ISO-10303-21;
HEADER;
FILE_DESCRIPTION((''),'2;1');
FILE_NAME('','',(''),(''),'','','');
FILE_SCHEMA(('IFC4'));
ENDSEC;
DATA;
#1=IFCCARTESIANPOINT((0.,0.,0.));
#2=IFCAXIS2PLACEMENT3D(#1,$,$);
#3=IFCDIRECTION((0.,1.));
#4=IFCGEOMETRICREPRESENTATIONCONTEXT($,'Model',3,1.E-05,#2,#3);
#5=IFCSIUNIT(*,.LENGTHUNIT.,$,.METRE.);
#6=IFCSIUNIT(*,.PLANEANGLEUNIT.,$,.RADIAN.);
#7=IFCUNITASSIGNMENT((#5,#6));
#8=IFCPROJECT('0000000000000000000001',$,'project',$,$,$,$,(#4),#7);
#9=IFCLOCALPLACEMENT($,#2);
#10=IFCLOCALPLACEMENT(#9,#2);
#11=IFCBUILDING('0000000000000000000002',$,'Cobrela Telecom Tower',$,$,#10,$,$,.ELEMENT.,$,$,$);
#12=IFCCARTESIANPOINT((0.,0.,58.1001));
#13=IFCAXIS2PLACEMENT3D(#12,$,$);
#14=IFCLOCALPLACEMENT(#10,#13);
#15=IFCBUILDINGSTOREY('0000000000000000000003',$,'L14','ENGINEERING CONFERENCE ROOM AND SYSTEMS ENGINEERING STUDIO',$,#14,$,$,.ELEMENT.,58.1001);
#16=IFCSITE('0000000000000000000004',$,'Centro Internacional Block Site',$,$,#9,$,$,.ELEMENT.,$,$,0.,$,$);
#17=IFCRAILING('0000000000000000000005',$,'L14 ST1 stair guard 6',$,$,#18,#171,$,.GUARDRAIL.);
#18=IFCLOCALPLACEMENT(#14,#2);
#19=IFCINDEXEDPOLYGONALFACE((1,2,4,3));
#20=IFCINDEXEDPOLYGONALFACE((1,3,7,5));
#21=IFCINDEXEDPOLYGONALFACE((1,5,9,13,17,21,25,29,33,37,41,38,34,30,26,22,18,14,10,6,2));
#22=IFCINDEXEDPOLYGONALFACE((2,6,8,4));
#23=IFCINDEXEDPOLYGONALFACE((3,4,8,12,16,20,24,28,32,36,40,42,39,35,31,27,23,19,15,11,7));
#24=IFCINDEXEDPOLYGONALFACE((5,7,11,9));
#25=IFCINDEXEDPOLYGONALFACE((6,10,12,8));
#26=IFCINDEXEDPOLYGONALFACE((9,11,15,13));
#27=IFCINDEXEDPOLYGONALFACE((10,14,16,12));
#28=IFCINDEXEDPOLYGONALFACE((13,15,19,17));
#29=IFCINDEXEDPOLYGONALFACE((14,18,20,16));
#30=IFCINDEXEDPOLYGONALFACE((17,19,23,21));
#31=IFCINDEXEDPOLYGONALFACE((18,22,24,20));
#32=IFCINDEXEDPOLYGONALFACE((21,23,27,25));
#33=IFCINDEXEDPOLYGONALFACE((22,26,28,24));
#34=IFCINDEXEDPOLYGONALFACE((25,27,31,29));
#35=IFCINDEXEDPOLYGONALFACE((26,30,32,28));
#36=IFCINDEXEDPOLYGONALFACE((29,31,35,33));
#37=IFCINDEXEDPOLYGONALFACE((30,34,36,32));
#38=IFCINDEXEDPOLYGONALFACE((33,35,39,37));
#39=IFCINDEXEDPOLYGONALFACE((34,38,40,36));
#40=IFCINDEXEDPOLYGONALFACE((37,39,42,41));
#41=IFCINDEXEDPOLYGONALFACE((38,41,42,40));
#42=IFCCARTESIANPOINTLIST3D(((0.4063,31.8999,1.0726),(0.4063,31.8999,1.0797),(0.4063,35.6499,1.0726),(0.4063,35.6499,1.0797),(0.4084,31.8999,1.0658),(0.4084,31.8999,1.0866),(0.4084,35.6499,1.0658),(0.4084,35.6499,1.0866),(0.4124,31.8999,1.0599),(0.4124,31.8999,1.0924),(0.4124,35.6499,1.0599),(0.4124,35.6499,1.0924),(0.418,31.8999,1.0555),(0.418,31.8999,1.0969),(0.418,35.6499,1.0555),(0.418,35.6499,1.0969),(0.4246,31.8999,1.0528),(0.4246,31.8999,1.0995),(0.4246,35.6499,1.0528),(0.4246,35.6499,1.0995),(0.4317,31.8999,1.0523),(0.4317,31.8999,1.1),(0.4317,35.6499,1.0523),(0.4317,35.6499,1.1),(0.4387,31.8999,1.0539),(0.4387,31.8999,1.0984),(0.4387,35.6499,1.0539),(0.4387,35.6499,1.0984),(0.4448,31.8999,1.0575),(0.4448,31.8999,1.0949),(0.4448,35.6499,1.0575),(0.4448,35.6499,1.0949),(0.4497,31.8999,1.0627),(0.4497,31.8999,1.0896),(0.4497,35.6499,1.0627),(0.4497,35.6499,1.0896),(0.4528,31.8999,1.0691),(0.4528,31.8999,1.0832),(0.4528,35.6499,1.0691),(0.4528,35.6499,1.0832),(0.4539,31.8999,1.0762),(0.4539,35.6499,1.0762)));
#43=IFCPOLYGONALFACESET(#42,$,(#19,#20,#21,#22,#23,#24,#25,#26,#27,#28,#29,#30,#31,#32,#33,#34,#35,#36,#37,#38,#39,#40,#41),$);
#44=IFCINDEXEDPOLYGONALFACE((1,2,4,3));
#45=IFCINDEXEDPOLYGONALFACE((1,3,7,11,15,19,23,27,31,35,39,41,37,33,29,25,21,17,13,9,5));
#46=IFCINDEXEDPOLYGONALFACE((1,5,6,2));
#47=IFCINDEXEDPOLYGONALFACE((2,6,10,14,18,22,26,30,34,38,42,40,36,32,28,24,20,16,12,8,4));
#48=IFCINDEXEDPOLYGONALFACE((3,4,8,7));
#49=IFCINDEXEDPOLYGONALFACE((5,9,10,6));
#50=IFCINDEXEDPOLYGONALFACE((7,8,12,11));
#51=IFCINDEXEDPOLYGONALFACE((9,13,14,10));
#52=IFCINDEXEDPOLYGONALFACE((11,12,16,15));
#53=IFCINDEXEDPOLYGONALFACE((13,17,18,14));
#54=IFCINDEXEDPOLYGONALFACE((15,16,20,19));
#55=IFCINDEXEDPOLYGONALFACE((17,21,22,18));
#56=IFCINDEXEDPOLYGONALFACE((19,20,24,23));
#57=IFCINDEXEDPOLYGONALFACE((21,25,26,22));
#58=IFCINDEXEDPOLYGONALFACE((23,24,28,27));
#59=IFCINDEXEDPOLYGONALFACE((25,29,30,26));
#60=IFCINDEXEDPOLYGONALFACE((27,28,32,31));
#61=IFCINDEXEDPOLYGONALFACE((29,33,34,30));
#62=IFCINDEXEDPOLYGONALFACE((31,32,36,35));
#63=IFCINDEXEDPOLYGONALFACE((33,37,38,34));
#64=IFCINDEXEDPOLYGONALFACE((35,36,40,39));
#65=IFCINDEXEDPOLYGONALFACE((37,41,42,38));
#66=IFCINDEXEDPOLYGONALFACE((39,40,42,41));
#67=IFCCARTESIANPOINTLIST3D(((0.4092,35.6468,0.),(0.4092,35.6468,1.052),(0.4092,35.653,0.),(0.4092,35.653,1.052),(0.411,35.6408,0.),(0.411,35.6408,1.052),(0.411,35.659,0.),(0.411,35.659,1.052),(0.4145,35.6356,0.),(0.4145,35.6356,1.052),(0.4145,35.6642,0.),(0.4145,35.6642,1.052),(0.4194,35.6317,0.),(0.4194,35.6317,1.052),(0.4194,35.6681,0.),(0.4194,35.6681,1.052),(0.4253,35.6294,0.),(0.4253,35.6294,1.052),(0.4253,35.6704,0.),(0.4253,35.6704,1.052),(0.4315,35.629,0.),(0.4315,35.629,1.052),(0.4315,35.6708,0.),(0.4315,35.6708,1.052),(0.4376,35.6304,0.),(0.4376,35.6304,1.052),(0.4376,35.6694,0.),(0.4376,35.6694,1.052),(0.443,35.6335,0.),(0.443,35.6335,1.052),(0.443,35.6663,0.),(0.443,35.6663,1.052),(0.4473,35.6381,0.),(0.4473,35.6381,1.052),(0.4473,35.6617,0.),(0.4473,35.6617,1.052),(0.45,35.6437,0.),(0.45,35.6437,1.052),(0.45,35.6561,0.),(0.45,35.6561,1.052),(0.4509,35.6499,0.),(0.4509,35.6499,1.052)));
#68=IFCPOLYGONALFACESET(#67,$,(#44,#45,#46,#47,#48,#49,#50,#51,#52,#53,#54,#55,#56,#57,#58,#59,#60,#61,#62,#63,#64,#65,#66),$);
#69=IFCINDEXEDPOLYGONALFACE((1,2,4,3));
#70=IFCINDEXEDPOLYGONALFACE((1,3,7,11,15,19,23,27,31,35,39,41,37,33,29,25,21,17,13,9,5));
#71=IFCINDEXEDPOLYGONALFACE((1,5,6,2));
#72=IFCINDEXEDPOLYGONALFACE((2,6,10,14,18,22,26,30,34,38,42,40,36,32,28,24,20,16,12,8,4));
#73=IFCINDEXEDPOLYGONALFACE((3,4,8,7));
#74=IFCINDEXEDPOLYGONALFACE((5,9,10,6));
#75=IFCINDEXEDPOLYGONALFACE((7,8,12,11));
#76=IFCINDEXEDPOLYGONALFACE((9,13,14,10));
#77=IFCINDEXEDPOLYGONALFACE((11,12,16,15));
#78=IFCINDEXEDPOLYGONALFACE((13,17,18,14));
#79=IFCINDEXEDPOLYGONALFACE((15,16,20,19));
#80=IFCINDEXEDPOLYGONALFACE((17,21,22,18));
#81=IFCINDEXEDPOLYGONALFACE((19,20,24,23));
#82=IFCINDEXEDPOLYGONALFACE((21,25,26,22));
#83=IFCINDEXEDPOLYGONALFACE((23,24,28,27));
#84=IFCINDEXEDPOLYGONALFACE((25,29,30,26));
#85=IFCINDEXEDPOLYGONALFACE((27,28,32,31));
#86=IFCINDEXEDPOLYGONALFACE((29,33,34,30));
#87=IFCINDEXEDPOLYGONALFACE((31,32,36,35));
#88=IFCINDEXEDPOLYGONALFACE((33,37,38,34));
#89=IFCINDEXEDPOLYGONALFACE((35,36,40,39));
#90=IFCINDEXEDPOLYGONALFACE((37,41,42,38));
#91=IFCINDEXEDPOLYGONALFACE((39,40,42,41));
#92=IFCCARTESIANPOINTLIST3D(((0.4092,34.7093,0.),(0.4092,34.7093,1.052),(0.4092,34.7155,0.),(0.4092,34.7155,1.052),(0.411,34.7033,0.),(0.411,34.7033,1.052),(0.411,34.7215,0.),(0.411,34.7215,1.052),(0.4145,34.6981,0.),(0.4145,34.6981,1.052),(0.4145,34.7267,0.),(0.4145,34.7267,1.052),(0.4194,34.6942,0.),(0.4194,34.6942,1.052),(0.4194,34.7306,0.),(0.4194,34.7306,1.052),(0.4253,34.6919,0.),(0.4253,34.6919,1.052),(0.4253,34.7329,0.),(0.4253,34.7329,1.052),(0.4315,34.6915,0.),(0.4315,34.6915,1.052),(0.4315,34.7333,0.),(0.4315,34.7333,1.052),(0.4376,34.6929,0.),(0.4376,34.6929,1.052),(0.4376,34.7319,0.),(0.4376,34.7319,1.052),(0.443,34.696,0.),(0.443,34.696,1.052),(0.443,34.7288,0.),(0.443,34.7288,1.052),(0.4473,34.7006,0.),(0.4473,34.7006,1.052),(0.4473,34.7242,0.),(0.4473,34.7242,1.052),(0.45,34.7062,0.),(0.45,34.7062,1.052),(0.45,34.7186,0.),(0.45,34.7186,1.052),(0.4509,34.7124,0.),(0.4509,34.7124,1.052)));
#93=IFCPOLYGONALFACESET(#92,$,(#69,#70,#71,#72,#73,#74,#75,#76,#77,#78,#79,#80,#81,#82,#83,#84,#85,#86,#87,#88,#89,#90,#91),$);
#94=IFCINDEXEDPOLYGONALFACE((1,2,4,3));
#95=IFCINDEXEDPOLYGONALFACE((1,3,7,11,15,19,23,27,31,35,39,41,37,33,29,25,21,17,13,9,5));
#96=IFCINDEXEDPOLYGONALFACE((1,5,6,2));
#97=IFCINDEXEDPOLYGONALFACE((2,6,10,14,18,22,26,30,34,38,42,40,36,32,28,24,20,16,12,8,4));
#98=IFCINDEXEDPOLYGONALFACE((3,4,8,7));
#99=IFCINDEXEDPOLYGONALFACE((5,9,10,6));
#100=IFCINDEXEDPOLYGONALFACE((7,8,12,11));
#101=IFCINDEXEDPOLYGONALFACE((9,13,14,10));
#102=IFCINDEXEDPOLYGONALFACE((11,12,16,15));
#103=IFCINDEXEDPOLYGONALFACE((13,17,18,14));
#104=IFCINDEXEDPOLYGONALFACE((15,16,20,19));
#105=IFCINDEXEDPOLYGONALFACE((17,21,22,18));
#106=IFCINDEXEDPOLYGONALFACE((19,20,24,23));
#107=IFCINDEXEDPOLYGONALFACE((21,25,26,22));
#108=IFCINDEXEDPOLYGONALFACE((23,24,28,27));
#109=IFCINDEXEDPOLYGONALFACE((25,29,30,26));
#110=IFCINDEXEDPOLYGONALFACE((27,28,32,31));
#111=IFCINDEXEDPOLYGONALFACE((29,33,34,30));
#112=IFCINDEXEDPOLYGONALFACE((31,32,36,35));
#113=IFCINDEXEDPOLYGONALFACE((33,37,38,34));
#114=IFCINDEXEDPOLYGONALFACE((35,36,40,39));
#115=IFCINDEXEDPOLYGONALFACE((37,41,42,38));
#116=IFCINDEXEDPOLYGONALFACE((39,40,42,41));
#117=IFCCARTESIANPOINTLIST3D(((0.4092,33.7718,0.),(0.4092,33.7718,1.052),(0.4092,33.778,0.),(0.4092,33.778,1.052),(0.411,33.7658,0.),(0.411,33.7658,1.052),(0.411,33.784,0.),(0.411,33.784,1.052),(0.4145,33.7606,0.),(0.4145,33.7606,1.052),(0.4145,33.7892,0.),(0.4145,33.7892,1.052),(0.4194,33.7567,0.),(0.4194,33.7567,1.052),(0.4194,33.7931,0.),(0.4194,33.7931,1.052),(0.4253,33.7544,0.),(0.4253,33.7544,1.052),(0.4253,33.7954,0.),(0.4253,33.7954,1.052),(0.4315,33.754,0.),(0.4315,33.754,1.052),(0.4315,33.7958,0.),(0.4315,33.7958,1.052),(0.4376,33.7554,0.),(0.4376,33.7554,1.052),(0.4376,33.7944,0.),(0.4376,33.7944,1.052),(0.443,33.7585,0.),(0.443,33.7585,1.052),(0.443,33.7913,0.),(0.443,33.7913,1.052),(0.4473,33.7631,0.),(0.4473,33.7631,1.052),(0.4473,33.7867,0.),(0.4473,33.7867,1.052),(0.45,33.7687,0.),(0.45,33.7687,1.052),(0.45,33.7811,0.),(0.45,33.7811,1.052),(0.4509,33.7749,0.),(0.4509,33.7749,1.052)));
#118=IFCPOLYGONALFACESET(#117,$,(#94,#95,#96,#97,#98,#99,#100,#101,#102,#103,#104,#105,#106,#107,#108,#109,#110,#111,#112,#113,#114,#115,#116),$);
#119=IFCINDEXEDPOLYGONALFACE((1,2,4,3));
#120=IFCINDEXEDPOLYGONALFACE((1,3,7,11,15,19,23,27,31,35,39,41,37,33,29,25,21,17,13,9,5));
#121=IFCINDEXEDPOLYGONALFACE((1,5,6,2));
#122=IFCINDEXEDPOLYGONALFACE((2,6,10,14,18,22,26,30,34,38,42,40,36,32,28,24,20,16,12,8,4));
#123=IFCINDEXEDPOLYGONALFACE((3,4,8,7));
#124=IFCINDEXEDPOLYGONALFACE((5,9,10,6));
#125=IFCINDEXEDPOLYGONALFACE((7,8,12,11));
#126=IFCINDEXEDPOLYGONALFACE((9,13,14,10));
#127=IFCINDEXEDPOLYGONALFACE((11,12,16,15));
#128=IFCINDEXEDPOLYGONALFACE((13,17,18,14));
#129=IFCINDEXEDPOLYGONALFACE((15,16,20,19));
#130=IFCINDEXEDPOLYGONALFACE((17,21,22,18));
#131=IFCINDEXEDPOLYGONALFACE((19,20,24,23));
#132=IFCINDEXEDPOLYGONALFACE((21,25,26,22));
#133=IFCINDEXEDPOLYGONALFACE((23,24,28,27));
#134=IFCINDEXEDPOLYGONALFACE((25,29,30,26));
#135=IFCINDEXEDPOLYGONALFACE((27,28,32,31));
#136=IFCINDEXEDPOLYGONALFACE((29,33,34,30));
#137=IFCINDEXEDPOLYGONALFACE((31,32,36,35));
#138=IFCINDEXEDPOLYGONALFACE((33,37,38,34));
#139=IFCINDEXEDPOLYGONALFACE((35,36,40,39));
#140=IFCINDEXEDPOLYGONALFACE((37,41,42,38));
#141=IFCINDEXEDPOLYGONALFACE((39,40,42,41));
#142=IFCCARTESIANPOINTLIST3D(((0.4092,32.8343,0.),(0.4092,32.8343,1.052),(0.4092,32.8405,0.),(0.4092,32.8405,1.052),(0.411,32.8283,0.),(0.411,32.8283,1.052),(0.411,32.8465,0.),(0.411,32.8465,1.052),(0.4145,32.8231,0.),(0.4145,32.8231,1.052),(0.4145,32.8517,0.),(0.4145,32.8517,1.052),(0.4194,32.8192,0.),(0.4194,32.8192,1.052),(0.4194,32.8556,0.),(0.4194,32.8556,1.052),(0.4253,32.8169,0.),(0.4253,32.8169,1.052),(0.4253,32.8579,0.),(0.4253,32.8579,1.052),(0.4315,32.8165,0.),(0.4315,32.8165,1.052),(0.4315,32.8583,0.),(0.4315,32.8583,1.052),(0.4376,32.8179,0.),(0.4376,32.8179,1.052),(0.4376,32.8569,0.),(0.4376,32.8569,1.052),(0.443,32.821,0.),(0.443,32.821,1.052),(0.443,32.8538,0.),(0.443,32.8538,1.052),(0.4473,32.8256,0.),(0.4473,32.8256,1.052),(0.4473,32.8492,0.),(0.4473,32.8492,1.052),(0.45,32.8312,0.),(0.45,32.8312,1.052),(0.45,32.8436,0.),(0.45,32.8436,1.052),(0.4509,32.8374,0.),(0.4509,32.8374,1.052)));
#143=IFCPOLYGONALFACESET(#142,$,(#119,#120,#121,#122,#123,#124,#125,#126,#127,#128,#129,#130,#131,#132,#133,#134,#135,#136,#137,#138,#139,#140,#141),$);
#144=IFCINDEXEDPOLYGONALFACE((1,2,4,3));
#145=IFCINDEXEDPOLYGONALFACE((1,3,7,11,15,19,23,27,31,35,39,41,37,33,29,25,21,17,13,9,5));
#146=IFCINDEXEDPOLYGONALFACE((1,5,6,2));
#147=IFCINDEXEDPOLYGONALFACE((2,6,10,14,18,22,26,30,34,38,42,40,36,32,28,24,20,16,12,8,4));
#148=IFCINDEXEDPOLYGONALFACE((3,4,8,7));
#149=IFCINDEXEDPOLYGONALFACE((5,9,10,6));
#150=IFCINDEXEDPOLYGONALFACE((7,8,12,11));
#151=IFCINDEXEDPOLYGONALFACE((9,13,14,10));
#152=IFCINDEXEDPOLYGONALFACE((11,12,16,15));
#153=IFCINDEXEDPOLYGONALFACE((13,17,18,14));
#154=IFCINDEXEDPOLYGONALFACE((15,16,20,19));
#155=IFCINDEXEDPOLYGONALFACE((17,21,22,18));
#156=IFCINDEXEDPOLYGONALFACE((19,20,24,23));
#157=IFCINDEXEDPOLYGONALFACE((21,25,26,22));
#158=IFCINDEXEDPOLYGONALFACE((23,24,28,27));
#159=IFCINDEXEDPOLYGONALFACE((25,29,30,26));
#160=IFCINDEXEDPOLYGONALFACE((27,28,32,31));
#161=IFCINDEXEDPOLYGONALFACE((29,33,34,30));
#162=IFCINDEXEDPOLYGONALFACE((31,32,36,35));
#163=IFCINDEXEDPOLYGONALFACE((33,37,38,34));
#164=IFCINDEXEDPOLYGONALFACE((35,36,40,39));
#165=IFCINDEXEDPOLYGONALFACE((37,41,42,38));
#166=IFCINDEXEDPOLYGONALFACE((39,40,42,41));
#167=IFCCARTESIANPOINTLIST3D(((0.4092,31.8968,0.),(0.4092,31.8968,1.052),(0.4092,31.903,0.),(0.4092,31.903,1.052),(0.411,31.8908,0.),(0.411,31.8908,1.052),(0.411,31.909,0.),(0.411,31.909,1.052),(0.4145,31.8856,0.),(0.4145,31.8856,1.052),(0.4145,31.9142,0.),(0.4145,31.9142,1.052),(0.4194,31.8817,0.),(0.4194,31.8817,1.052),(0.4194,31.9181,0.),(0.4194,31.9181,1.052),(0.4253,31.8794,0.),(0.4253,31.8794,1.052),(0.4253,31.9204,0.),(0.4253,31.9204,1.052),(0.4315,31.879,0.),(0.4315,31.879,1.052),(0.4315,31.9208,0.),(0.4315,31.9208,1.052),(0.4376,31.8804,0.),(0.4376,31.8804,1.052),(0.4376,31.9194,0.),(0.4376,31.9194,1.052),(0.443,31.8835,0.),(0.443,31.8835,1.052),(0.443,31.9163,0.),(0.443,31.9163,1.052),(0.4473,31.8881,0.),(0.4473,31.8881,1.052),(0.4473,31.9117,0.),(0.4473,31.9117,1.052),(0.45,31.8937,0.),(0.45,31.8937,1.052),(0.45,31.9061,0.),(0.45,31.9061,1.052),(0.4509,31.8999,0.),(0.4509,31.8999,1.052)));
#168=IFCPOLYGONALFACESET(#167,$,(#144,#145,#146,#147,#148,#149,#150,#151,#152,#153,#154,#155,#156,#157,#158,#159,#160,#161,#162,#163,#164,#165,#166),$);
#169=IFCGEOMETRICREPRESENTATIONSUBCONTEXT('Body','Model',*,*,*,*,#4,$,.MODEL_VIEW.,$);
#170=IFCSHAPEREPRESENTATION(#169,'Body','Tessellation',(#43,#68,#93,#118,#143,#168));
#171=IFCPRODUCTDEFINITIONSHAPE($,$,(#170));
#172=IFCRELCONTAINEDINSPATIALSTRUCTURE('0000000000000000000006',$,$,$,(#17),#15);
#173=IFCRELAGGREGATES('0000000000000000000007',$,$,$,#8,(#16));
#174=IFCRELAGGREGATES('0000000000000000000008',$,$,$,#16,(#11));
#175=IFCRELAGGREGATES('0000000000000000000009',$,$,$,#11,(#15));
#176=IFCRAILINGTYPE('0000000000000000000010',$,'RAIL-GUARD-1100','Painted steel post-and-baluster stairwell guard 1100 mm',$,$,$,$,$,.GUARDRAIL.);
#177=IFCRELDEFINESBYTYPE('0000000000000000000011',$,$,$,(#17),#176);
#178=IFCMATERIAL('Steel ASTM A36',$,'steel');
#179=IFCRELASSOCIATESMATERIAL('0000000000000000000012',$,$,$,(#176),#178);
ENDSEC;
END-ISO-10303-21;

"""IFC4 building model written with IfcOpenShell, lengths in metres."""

from ifc_helpers import new_model, si_unit, direction, frame, origin, origin_2d, place, context, subcontext, project, spatial, circle, extrude, material, type_object, element, save


model = new_model("IFC4")

# Units and contexts
model_context = context("Model", 3, precision=1e-05, world=origin(), true_north=direction((0.0, 1.0)))
body_context = subcontext(model_context, "Body", "Model", "MODEL_VIEW")
ifc_project = project(units=[si_unit("LENGTHUNIT", "METRE"), si_unit("PLANEANGLEUNIT", "RADIAN")], contexts=[model_context])

# Site, building, storey
site_placement = place(None, origin())
site = spatial("IfcSite", under=ifc_project, at=site_placement, Name="Centro Internacional Block Site", CompositionType="ELEMENT", RefElevation=0.0)
building_placement = place(site_placement, origin())
building = spatial("IfcBuilding", under=site, at=building_placement, Name="Cobrela Telecom Tower", CompositionType="ELEMENT")
storey_placement = place(building_placement, frame((0.0, 0.0, 58.1001)))
storey = spatial("IfcBuildingStorey", under=building, at=storey_placement, Name="L14", Description="ENGINEERING CONFERENCE ROOM AND SYSTEMS ENGINEERING STUDIO", CompositionType="ELEMENT", Elevation=58.1001)

# Railing
ifc_material_1 = material(Name="Steel ASTM A36", Category="steel")
railing_type = type_object("IfcRailingType", Name="RAIL-GUARD-1100", Description="Painted steel post-and-baluster stairwell guard 1100 mm", PredefinedType="GUARDRAIL", material=ifc_material_1)
railing_1_placement = place(storey_placement, frame((0.4299, 35.6499, 0.0)))
element("IfcRailing", 1, at=railing_1_placement, inside=storey, type_object=railing_type, Name="L14 ST1 stair guard 6", PredefinedType="GUARDRAIL", context=body_context, shape_type="SweptSolid", body=[
    extrude(circle(Radius=0.0239, at=origin_2d()), frame((0.0, 0.0, 1.0762), z_axis=(0.0, -1.0, 0.0), x_axis=(1.0, 0.0, 0.0)), (0.0, 0.0, 1.0), 3.75),
    extrude(circle(Radius=0.021, at=origin_2d()), origin(), (0.0, 0.0, 1.0), 1.052),
    extrude(circle(Radius=0.021, at=origin_2d()), frame((0.0, -0.9375, 0.0)), (0.0, 0.0, 1.0), 1.052),
    extrude(circle(Radius=0.021, at=origin_2d()), frame((0.0, -1.875, 0.0)), (0.0, 0.0, 1.0), 1.052),
    extrude(circle(Radius=0.021, at=origin_2d()), frame((0.0, -2.8125, 0.0)), (0.0, 0.0, 1.0), 1.052),
    extrude(circle(Radius=0.021, at=origin_2d()), frame((0.0, -3.75, 0.0)), (0.0, 0.0, 1.0), 1.052),
])

save(model, "model.ifc")
